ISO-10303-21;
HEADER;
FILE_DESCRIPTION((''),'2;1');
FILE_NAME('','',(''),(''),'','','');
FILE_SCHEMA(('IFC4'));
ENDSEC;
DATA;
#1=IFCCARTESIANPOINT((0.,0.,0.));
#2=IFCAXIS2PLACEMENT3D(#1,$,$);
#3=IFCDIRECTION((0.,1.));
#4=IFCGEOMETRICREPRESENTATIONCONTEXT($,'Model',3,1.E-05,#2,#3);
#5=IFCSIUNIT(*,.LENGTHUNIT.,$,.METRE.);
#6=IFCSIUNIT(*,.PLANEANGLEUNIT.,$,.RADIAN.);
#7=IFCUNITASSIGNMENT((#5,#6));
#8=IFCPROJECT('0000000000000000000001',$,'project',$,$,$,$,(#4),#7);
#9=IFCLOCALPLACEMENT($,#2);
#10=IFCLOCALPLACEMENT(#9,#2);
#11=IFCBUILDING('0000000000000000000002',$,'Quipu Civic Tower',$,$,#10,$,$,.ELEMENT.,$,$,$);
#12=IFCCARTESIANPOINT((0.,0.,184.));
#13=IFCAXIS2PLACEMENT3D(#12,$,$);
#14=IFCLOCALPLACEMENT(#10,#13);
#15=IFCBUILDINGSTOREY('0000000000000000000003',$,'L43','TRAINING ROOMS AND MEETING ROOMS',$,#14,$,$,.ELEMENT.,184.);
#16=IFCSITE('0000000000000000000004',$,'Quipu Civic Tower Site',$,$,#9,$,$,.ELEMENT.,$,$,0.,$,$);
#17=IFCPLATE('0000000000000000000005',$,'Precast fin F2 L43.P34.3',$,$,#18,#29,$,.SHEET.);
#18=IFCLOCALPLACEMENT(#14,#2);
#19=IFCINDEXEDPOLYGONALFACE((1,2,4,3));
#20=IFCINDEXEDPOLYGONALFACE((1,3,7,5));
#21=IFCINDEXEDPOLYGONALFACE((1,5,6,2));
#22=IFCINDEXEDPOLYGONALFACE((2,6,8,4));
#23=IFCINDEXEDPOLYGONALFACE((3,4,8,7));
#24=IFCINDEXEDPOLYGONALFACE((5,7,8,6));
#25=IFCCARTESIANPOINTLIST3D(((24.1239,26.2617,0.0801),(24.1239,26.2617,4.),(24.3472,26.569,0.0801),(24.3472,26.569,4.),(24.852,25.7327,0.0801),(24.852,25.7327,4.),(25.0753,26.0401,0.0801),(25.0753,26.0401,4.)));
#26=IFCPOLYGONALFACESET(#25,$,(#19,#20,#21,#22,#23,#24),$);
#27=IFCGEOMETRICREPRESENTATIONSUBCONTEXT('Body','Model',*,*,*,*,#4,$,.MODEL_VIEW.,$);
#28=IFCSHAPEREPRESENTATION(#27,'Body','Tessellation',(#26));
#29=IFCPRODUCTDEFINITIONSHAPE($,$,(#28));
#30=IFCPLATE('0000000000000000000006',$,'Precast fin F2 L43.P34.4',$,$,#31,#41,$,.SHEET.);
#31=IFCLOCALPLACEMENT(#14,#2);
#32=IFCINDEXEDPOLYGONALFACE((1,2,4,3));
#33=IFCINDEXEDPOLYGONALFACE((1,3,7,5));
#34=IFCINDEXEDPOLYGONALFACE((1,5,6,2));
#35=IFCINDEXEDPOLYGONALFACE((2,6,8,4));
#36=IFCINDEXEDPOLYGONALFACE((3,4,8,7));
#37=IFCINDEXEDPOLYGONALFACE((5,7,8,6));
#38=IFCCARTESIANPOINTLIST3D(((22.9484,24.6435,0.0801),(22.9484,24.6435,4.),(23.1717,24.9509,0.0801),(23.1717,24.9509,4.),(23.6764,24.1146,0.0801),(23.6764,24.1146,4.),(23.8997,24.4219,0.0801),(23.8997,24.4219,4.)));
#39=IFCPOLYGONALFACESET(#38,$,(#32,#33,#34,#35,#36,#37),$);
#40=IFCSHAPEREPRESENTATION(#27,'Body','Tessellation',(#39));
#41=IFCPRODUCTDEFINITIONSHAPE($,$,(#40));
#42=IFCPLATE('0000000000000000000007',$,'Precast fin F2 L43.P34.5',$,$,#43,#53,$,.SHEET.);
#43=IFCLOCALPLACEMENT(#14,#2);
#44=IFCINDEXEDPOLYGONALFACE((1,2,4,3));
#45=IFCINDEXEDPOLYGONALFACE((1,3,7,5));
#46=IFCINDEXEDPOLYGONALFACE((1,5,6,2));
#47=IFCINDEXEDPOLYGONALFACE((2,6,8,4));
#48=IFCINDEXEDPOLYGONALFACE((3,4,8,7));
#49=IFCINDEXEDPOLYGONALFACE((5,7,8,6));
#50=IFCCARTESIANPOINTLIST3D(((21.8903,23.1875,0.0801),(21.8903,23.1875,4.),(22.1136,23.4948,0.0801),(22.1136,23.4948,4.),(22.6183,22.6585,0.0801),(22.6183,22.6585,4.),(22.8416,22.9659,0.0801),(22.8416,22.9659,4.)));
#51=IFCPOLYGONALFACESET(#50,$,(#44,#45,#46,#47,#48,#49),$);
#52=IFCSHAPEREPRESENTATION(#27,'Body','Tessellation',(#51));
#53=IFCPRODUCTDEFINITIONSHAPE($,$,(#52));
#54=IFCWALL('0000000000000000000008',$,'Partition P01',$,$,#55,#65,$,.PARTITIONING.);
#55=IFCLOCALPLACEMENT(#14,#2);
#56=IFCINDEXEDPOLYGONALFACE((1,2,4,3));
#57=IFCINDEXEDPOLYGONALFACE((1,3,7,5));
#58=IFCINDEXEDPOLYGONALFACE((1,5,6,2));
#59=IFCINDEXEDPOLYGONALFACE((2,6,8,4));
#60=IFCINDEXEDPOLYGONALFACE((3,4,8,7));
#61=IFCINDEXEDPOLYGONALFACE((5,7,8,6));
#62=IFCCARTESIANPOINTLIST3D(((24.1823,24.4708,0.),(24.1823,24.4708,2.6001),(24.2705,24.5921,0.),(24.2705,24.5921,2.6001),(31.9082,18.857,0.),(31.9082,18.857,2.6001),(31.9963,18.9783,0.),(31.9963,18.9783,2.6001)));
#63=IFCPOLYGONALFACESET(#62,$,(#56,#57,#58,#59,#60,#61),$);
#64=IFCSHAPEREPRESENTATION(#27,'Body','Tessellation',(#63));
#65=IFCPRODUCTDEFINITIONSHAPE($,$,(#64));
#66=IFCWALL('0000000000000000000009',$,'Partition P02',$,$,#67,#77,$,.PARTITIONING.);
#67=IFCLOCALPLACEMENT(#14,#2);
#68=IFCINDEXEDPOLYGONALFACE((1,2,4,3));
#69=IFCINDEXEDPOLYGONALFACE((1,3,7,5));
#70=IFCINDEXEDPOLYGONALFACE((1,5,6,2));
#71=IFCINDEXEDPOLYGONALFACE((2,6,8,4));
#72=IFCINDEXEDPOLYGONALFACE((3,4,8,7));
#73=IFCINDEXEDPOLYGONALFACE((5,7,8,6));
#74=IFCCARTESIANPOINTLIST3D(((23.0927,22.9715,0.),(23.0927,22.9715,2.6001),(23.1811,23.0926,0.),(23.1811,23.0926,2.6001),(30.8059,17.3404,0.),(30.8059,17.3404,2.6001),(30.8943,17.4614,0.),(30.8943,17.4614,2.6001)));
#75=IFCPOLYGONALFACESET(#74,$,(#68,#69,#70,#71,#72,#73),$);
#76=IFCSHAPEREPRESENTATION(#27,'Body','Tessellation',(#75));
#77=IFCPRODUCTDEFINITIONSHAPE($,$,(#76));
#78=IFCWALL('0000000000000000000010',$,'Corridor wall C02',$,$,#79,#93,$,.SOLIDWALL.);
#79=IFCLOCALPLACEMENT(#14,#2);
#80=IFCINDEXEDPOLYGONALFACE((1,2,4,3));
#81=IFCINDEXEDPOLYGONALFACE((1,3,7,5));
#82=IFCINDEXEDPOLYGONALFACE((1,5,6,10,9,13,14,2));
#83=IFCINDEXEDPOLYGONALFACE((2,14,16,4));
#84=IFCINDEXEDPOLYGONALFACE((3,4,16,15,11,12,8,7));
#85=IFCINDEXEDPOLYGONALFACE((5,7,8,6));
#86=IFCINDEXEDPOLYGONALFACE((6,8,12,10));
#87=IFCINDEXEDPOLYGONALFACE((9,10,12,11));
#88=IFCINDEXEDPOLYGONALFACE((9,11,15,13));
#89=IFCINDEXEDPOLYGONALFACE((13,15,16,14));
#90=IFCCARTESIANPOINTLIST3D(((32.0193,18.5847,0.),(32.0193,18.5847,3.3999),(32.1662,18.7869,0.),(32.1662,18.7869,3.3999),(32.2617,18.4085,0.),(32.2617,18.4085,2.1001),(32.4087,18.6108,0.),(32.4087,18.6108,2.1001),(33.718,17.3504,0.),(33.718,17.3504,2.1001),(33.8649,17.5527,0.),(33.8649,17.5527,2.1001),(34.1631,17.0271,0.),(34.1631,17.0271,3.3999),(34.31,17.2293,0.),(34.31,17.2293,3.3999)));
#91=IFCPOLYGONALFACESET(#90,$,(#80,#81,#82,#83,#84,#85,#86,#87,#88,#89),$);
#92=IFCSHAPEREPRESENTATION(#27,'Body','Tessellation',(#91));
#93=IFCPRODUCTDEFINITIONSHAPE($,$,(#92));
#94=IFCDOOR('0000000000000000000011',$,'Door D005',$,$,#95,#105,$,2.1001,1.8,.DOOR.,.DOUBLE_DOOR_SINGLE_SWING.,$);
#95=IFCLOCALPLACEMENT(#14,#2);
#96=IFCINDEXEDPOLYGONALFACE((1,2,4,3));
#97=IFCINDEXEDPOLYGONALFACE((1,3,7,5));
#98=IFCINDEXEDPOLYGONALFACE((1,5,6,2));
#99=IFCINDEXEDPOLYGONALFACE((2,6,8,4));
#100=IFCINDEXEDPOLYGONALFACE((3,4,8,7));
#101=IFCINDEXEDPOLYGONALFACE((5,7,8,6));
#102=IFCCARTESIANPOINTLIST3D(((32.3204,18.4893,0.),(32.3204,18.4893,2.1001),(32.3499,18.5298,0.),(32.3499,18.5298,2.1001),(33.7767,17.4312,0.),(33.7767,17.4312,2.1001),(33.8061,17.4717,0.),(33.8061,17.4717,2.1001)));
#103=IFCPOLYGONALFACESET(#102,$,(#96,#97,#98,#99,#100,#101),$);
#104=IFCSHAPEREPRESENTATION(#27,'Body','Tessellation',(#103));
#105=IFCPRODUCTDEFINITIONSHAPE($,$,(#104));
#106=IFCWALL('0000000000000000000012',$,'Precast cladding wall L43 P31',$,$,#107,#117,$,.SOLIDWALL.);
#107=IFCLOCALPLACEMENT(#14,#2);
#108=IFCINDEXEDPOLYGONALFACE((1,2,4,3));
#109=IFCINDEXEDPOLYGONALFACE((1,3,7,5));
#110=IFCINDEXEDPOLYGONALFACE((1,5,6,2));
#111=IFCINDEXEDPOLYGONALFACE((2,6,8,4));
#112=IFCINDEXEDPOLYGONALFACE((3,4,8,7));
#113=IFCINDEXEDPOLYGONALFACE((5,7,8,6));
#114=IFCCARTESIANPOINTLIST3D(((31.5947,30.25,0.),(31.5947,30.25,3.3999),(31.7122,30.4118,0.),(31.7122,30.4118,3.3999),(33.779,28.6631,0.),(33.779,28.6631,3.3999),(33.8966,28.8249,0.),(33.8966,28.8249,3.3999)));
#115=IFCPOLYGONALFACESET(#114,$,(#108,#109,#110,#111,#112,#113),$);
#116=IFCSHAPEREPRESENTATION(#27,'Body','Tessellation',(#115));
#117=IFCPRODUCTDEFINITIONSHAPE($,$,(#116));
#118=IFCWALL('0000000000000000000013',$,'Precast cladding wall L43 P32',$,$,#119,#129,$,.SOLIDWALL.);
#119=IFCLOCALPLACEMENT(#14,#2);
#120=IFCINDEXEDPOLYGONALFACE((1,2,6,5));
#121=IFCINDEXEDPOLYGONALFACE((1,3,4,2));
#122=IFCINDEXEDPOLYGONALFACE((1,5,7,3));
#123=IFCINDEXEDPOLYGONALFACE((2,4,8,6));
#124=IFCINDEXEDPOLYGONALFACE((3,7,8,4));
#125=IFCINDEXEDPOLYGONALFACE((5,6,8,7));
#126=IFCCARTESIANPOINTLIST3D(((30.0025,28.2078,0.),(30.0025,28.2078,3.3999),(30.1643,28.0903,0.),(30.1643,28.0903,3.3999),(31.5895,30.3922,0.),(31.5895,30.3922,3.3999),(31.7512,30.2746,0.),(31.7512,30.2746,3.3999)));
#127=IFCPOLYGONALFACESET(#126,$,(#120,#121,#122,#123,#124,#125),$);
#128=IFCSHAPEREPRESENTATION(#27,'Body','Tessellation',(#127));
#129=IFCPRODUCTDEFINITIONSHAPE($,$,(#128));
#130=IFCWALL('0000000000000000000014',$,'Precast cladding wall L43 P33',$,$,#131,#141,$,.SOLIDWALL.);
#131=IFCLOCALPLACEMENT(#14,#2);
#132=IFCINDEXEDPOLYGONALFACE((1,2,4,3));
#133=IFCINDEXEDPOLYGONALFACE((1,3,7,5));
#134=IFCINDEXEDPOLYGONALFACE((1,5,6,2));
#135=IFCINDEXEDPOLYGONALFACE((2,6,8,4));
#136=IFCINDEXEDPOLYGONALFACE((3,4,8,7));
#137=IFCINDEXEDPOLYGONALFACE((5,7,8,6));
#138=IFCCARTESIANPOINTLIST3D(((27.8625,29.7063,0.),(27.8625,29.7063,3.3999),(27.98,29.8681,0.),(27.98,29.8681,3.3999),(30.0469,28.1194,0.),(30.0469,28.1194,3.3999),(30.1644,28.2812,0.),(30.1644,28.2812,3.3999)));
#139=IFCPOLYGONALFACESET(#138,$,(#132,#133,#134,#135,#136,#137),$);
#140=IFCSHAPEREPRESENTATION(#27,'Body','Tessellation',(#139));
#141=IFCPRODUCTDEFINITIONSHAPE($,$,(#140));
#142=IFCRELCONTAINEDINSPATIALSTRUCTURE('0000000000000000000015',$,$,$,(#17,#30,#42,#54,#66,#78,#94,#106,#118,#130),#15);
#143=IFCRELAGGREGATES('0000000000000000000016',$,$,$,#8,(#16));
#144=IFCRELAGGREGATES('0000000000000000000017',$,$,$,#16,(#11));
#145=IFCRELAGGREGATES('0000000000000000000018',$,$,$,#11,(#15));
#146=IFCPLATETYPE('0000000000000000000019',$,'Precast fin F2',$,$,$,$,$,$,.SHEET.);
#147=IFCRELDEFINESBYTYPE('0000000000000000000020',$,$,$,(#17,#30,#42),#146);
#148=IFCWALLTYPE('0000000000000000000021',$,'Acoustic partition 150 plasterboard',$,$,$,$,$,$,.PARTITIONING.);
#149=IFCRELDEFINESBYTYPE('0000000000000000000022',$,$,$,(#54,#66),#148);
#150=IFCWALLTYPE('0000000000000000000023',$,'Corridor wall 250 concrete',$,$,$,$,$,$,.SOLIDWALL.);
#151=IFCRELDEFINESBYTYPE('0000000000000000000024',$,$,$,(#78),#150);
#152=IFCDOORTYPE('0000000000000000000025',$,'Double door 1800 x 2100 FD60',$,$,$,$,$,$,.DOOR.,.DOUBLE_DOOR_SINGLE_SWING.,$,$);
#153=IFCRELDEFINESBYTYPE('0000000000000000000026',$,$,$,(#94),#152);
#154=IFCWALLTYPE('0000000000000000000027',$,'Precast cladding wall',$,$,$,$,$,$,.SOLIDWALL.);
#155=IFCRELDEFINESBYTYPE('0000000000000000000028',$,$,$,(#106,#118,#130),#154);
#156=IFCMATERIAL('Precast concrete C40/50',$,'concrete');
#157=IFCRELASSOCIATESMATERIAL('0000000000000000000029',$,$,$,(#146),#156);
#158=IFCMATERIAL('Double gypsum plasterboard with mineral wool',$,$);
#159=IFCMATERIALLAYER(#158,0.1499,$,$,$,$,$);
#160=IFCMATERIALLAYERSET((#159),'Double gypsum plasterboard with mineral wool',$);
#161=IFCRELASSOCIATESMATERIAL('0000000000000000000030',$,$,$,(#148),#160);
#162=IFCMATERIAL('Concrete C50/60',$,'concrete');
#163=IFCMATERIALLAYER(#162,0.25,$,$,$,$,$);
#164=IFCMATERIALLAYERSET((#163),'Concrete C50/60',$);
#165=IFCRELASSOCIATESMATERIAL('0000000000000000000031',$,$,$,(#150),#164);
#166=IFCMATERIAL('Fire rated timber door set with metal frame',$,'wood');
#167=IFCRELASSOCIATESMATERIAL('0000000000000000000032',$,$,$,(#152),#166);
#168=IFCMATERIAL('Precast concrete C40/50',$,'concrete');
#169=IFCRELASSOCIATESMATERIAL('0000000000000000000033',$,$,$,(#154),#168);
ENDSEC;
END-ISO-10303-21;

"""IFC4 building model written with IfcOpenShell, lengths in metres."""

from ifc_helpers import new_model, si_unit, direction, frame, frame_2d, origin, origin_2d, place, context, subcontext, project, spatial, rectangle, extrude, material, layer, layer_set, type_object, element, fill, save


model = new_model("IFC4")

# Units and contexts
model_context = context("Model", 3, precision=1e-05, world=origin(), true_north=direction((0.0, 1.0)))
body_context = subcontext(model_context, "Body", "Model", "MODEL_VIEW")
ifc_project = project(units=[si_unit("LENGTHUNIT", "METRE"), si_unit("PLANEANGLEUNIT", "RADIAN")], contexts=[model_context])

# Site, building, storey
site_placement = place(None, origin())
site = spatial("IfcSite", under=ifc_project, at=site_placement, Name="Quipu Civic Tower Site", CompositionType="ELEMENT", RefElevation=0.0)
building_placement = place(site_placement, origin())
building = spatial("IfcBuilding", under=site, at=building_placement, Name="Quipu Civic Tower", CompositionType="ELEMENT")
storey_placement = place(building_placement, frame((0.0, 0.0, 184.0)))
storey = spatial("IfcBuildingStorey", under=building, at=storey_placement, Name="L43", Description="TRAINING ROOMS AND MEETING ROOMS", CompositionType="ELEMENT", Elevation=184.0)

# Plates
ifc_material_1 = material(Name="Precast concrete C40/50", Category="concrete")
plate_type_1 = type_object("IfcPlateType", Name="Precast fin F2", PredefinedType="SHEET", material=ifc_material_1)
for number, where, z_axis, x_axis, name in (
    (1, (24.5996, 26.1509, 0.0801), (0.0, 0.0, 1.0), (-0.587787, -0.809016, 0.0), "Precast fin F2 L43.P34.3"),
    (2, (23.4241, 24.5327, 0.0801), (0.0, 0.0, 1.0), (-0.587787, -0.809016, 0.0), "Precast fin F2 L43.P34.4"),
    (3, (22.366, 23.0767, 0.0801), (0.0, 0.0, 1.0), (-0.587787, -0.809016, 0.0), "Precast fin F2 L43.P34.5"),
):
    element("IfcPlate", number, at=place(storey_placement, frame(where, z_axis=z_axis, x_axis=x_axis)), inside=storey, type_object=plate_type_1, Name=name, PredefinedType="SHEET", context=body_context, shape_type="SweptSolid", body=[
        extrude(rectangle(XDim=0.3799, YDim=0.8999, at=origin_2d()), origin(), (0.0, 0.0, 1.0), 3.9199),
    ])

# Walls
ifc_material_2 = material(Name="Double gypsum plasterboard with mineral wool")
ifc_layer_1 = layer(ifc_material_2, 0.1499)
ifc_layer_set_1 = layer_set([ifc_layer_1], Name="Double gypsum plasterboard with mineral wool")
wall_type_1 = type_object("IfcWallType", Name="Acoustic partition 150 plasterboard", PredefinedType="PARTITIONING", material=ifc_layer_set_1)
for number, where, z_axis, x_axis, name in (
    (4, (31.9521, 18.9177, 0.0), (0.0, 0.0, 1.0), (-0.808986, 0.587828, 0.0), "Partition P01"),
    (5, (23.137, 23.032, 0.0), (0.0, 0.0, 1.0), (0.807661, -0.589647, 0.0), "Partition P02"),
):
    element("IfcWall", number, at=place(storey_placement, frame(where, z_axis=z_axis, x_axis=x_axis)), inside=storey, type_object=wall_type_1, Name=name, PredefinedType="PARTITIONING", context=body_context, shape_type="SweptSolid", body=[
        extrude(rectangle(XDim=9.55, YDim=0.1499, at=frame_2d((4.7749, 0.0))), origin(), (0.0, 0.0, 1.0), 2.6001),
    ])

# Wall, opening, door
ifc_material_3 = material(Name="Concrete C50/60", Category="concrete")
ifc_layer_2 = layer(ifc_material_3, 0.25)
ifc_layer_set_2 = layer_set([ifc_layer_2], Name="Concrete C50/60")
wall_type_2 = type_object("IfcWallType", Name="Corridor wall 250 concrete", PredefinedType="SOLIDWALL", material=ifc_layer_set_2)
wall_placement = place(storey_placement, frame((32.0928, 18.6858, 0.0), z_axis=(0.0, 0.0, 1.0), x_axis=(0.809007, -0.587799, 0.0)))
wall = element("IfcWall", 6, at=wall_placement, inside=storey, type_object=wall_type_2, Name="Corridor wall C02", PredefinedType="SOLIDWALL", context=body_context, shape_type="SweptSolid", body=[
    extrude(rectangle(XDim=2.6499, YDim=0.25, at=frame_2d((1.325, 0.0))), origin(), (0.0, 0.0, 1.0), 3.3999),
])
opening_placement = place(wall_placement, frame((0.2998, 0.0, 0.0)))
opening = element("IfcOpeningElement", 7, at=opening_placement, cuts=wall, PredefinedType="OPENING", context=body_context, shape_type="SweptSolid", body=[
    extrude(rectangle(XDim=1.8, YDim=2.1001, at=frame_2d((0.8999, 1.05))), frame((0.0, 0.135, 0.0), z_axis=(0.0, -1.0, 0.0), x_axis=(1.0, 0.0, 0.0)), (0.0, 0.0, 1.0), 0.27),
])
ifc_material_4 = material(Name="Fire rated timber door set with metal frame", Category="wood")
door_type = type_object("IfcDoorType", Name="Double door 1800 x 2100 FD60", OperationType="DOUBLE_DOOR_SINGLE_SWING", PredefinedType="DOOR", material=ifc_material_4)
door_placement = place(opening_placement, origin())
door = element("IfcDoor", 8, at=door_placement, inside=storey, type_object=door_type, Name="Door D005", OperationType="DOUBLE_DOOR_SINGLE_SWING", OverallHeight=2.1001, OverallWidth=1.8, PredefinedType="DOOR", context=body_context, shape_type="SweptSolid", body=[
    extrude(rectangle(XDim=1.8, YDim=2.1001, at=frame_2d((0.8999, 1.05))), frame((0.0, 0.0249, 0.0), z_axis=(0.0, -1.0, 0.0), x_axis=(1.0, 0.0, 0.0)), (0.0, 0.0, 1.0), 0.05),
])
fill(opening, door)

# Walls
ifc_material_5 = material(Name="Precast concrete C40/50", Category="concrete")
wall_type_3 = type_object("IfcWallType", Name="Precast cladding wall", PredefinedType="SOLIDWALL", material=ifc_material_5)
for number, where, z_axis, x_axis, name in (
    (9, (33.8379, 28.7439, 0.0), (0.0, 0.0, 1.0), (-0.809033, 0.587763, 0.0), "Precast cladding wall L43 P31"),
    (10, (31.6704, 30.3335, 0.0), (0.0, 0.0, 1.0), (-0.587763, -0.809033, 0.0), "Precast cladding wall L43 P32"),
    (11, (30.1057, 28.2002, 0.0), (0.0, 0.0, 1.0), (-0.809033, 0.587763, 0.0), "Precast cladding wall L43 P33"),
):
    element("IfcWall", number, at=place(storey_placement, frame(where, z_axis=z_axis, x_axis=x_axis)), inside=storey, type_object=wall_type_3, Name=name, PredefinedType="SOLIDWALL", context=body_context, shape_type="SweptSolid", body=[
        extrude(rectangle(XDim=2.7, YDim=0.2, at=frame_2d((1.3501, 0.0))), origin(), (0.0, 0.0, 1.0), 3.3999),
    ])

save(model, "model.ifc")
